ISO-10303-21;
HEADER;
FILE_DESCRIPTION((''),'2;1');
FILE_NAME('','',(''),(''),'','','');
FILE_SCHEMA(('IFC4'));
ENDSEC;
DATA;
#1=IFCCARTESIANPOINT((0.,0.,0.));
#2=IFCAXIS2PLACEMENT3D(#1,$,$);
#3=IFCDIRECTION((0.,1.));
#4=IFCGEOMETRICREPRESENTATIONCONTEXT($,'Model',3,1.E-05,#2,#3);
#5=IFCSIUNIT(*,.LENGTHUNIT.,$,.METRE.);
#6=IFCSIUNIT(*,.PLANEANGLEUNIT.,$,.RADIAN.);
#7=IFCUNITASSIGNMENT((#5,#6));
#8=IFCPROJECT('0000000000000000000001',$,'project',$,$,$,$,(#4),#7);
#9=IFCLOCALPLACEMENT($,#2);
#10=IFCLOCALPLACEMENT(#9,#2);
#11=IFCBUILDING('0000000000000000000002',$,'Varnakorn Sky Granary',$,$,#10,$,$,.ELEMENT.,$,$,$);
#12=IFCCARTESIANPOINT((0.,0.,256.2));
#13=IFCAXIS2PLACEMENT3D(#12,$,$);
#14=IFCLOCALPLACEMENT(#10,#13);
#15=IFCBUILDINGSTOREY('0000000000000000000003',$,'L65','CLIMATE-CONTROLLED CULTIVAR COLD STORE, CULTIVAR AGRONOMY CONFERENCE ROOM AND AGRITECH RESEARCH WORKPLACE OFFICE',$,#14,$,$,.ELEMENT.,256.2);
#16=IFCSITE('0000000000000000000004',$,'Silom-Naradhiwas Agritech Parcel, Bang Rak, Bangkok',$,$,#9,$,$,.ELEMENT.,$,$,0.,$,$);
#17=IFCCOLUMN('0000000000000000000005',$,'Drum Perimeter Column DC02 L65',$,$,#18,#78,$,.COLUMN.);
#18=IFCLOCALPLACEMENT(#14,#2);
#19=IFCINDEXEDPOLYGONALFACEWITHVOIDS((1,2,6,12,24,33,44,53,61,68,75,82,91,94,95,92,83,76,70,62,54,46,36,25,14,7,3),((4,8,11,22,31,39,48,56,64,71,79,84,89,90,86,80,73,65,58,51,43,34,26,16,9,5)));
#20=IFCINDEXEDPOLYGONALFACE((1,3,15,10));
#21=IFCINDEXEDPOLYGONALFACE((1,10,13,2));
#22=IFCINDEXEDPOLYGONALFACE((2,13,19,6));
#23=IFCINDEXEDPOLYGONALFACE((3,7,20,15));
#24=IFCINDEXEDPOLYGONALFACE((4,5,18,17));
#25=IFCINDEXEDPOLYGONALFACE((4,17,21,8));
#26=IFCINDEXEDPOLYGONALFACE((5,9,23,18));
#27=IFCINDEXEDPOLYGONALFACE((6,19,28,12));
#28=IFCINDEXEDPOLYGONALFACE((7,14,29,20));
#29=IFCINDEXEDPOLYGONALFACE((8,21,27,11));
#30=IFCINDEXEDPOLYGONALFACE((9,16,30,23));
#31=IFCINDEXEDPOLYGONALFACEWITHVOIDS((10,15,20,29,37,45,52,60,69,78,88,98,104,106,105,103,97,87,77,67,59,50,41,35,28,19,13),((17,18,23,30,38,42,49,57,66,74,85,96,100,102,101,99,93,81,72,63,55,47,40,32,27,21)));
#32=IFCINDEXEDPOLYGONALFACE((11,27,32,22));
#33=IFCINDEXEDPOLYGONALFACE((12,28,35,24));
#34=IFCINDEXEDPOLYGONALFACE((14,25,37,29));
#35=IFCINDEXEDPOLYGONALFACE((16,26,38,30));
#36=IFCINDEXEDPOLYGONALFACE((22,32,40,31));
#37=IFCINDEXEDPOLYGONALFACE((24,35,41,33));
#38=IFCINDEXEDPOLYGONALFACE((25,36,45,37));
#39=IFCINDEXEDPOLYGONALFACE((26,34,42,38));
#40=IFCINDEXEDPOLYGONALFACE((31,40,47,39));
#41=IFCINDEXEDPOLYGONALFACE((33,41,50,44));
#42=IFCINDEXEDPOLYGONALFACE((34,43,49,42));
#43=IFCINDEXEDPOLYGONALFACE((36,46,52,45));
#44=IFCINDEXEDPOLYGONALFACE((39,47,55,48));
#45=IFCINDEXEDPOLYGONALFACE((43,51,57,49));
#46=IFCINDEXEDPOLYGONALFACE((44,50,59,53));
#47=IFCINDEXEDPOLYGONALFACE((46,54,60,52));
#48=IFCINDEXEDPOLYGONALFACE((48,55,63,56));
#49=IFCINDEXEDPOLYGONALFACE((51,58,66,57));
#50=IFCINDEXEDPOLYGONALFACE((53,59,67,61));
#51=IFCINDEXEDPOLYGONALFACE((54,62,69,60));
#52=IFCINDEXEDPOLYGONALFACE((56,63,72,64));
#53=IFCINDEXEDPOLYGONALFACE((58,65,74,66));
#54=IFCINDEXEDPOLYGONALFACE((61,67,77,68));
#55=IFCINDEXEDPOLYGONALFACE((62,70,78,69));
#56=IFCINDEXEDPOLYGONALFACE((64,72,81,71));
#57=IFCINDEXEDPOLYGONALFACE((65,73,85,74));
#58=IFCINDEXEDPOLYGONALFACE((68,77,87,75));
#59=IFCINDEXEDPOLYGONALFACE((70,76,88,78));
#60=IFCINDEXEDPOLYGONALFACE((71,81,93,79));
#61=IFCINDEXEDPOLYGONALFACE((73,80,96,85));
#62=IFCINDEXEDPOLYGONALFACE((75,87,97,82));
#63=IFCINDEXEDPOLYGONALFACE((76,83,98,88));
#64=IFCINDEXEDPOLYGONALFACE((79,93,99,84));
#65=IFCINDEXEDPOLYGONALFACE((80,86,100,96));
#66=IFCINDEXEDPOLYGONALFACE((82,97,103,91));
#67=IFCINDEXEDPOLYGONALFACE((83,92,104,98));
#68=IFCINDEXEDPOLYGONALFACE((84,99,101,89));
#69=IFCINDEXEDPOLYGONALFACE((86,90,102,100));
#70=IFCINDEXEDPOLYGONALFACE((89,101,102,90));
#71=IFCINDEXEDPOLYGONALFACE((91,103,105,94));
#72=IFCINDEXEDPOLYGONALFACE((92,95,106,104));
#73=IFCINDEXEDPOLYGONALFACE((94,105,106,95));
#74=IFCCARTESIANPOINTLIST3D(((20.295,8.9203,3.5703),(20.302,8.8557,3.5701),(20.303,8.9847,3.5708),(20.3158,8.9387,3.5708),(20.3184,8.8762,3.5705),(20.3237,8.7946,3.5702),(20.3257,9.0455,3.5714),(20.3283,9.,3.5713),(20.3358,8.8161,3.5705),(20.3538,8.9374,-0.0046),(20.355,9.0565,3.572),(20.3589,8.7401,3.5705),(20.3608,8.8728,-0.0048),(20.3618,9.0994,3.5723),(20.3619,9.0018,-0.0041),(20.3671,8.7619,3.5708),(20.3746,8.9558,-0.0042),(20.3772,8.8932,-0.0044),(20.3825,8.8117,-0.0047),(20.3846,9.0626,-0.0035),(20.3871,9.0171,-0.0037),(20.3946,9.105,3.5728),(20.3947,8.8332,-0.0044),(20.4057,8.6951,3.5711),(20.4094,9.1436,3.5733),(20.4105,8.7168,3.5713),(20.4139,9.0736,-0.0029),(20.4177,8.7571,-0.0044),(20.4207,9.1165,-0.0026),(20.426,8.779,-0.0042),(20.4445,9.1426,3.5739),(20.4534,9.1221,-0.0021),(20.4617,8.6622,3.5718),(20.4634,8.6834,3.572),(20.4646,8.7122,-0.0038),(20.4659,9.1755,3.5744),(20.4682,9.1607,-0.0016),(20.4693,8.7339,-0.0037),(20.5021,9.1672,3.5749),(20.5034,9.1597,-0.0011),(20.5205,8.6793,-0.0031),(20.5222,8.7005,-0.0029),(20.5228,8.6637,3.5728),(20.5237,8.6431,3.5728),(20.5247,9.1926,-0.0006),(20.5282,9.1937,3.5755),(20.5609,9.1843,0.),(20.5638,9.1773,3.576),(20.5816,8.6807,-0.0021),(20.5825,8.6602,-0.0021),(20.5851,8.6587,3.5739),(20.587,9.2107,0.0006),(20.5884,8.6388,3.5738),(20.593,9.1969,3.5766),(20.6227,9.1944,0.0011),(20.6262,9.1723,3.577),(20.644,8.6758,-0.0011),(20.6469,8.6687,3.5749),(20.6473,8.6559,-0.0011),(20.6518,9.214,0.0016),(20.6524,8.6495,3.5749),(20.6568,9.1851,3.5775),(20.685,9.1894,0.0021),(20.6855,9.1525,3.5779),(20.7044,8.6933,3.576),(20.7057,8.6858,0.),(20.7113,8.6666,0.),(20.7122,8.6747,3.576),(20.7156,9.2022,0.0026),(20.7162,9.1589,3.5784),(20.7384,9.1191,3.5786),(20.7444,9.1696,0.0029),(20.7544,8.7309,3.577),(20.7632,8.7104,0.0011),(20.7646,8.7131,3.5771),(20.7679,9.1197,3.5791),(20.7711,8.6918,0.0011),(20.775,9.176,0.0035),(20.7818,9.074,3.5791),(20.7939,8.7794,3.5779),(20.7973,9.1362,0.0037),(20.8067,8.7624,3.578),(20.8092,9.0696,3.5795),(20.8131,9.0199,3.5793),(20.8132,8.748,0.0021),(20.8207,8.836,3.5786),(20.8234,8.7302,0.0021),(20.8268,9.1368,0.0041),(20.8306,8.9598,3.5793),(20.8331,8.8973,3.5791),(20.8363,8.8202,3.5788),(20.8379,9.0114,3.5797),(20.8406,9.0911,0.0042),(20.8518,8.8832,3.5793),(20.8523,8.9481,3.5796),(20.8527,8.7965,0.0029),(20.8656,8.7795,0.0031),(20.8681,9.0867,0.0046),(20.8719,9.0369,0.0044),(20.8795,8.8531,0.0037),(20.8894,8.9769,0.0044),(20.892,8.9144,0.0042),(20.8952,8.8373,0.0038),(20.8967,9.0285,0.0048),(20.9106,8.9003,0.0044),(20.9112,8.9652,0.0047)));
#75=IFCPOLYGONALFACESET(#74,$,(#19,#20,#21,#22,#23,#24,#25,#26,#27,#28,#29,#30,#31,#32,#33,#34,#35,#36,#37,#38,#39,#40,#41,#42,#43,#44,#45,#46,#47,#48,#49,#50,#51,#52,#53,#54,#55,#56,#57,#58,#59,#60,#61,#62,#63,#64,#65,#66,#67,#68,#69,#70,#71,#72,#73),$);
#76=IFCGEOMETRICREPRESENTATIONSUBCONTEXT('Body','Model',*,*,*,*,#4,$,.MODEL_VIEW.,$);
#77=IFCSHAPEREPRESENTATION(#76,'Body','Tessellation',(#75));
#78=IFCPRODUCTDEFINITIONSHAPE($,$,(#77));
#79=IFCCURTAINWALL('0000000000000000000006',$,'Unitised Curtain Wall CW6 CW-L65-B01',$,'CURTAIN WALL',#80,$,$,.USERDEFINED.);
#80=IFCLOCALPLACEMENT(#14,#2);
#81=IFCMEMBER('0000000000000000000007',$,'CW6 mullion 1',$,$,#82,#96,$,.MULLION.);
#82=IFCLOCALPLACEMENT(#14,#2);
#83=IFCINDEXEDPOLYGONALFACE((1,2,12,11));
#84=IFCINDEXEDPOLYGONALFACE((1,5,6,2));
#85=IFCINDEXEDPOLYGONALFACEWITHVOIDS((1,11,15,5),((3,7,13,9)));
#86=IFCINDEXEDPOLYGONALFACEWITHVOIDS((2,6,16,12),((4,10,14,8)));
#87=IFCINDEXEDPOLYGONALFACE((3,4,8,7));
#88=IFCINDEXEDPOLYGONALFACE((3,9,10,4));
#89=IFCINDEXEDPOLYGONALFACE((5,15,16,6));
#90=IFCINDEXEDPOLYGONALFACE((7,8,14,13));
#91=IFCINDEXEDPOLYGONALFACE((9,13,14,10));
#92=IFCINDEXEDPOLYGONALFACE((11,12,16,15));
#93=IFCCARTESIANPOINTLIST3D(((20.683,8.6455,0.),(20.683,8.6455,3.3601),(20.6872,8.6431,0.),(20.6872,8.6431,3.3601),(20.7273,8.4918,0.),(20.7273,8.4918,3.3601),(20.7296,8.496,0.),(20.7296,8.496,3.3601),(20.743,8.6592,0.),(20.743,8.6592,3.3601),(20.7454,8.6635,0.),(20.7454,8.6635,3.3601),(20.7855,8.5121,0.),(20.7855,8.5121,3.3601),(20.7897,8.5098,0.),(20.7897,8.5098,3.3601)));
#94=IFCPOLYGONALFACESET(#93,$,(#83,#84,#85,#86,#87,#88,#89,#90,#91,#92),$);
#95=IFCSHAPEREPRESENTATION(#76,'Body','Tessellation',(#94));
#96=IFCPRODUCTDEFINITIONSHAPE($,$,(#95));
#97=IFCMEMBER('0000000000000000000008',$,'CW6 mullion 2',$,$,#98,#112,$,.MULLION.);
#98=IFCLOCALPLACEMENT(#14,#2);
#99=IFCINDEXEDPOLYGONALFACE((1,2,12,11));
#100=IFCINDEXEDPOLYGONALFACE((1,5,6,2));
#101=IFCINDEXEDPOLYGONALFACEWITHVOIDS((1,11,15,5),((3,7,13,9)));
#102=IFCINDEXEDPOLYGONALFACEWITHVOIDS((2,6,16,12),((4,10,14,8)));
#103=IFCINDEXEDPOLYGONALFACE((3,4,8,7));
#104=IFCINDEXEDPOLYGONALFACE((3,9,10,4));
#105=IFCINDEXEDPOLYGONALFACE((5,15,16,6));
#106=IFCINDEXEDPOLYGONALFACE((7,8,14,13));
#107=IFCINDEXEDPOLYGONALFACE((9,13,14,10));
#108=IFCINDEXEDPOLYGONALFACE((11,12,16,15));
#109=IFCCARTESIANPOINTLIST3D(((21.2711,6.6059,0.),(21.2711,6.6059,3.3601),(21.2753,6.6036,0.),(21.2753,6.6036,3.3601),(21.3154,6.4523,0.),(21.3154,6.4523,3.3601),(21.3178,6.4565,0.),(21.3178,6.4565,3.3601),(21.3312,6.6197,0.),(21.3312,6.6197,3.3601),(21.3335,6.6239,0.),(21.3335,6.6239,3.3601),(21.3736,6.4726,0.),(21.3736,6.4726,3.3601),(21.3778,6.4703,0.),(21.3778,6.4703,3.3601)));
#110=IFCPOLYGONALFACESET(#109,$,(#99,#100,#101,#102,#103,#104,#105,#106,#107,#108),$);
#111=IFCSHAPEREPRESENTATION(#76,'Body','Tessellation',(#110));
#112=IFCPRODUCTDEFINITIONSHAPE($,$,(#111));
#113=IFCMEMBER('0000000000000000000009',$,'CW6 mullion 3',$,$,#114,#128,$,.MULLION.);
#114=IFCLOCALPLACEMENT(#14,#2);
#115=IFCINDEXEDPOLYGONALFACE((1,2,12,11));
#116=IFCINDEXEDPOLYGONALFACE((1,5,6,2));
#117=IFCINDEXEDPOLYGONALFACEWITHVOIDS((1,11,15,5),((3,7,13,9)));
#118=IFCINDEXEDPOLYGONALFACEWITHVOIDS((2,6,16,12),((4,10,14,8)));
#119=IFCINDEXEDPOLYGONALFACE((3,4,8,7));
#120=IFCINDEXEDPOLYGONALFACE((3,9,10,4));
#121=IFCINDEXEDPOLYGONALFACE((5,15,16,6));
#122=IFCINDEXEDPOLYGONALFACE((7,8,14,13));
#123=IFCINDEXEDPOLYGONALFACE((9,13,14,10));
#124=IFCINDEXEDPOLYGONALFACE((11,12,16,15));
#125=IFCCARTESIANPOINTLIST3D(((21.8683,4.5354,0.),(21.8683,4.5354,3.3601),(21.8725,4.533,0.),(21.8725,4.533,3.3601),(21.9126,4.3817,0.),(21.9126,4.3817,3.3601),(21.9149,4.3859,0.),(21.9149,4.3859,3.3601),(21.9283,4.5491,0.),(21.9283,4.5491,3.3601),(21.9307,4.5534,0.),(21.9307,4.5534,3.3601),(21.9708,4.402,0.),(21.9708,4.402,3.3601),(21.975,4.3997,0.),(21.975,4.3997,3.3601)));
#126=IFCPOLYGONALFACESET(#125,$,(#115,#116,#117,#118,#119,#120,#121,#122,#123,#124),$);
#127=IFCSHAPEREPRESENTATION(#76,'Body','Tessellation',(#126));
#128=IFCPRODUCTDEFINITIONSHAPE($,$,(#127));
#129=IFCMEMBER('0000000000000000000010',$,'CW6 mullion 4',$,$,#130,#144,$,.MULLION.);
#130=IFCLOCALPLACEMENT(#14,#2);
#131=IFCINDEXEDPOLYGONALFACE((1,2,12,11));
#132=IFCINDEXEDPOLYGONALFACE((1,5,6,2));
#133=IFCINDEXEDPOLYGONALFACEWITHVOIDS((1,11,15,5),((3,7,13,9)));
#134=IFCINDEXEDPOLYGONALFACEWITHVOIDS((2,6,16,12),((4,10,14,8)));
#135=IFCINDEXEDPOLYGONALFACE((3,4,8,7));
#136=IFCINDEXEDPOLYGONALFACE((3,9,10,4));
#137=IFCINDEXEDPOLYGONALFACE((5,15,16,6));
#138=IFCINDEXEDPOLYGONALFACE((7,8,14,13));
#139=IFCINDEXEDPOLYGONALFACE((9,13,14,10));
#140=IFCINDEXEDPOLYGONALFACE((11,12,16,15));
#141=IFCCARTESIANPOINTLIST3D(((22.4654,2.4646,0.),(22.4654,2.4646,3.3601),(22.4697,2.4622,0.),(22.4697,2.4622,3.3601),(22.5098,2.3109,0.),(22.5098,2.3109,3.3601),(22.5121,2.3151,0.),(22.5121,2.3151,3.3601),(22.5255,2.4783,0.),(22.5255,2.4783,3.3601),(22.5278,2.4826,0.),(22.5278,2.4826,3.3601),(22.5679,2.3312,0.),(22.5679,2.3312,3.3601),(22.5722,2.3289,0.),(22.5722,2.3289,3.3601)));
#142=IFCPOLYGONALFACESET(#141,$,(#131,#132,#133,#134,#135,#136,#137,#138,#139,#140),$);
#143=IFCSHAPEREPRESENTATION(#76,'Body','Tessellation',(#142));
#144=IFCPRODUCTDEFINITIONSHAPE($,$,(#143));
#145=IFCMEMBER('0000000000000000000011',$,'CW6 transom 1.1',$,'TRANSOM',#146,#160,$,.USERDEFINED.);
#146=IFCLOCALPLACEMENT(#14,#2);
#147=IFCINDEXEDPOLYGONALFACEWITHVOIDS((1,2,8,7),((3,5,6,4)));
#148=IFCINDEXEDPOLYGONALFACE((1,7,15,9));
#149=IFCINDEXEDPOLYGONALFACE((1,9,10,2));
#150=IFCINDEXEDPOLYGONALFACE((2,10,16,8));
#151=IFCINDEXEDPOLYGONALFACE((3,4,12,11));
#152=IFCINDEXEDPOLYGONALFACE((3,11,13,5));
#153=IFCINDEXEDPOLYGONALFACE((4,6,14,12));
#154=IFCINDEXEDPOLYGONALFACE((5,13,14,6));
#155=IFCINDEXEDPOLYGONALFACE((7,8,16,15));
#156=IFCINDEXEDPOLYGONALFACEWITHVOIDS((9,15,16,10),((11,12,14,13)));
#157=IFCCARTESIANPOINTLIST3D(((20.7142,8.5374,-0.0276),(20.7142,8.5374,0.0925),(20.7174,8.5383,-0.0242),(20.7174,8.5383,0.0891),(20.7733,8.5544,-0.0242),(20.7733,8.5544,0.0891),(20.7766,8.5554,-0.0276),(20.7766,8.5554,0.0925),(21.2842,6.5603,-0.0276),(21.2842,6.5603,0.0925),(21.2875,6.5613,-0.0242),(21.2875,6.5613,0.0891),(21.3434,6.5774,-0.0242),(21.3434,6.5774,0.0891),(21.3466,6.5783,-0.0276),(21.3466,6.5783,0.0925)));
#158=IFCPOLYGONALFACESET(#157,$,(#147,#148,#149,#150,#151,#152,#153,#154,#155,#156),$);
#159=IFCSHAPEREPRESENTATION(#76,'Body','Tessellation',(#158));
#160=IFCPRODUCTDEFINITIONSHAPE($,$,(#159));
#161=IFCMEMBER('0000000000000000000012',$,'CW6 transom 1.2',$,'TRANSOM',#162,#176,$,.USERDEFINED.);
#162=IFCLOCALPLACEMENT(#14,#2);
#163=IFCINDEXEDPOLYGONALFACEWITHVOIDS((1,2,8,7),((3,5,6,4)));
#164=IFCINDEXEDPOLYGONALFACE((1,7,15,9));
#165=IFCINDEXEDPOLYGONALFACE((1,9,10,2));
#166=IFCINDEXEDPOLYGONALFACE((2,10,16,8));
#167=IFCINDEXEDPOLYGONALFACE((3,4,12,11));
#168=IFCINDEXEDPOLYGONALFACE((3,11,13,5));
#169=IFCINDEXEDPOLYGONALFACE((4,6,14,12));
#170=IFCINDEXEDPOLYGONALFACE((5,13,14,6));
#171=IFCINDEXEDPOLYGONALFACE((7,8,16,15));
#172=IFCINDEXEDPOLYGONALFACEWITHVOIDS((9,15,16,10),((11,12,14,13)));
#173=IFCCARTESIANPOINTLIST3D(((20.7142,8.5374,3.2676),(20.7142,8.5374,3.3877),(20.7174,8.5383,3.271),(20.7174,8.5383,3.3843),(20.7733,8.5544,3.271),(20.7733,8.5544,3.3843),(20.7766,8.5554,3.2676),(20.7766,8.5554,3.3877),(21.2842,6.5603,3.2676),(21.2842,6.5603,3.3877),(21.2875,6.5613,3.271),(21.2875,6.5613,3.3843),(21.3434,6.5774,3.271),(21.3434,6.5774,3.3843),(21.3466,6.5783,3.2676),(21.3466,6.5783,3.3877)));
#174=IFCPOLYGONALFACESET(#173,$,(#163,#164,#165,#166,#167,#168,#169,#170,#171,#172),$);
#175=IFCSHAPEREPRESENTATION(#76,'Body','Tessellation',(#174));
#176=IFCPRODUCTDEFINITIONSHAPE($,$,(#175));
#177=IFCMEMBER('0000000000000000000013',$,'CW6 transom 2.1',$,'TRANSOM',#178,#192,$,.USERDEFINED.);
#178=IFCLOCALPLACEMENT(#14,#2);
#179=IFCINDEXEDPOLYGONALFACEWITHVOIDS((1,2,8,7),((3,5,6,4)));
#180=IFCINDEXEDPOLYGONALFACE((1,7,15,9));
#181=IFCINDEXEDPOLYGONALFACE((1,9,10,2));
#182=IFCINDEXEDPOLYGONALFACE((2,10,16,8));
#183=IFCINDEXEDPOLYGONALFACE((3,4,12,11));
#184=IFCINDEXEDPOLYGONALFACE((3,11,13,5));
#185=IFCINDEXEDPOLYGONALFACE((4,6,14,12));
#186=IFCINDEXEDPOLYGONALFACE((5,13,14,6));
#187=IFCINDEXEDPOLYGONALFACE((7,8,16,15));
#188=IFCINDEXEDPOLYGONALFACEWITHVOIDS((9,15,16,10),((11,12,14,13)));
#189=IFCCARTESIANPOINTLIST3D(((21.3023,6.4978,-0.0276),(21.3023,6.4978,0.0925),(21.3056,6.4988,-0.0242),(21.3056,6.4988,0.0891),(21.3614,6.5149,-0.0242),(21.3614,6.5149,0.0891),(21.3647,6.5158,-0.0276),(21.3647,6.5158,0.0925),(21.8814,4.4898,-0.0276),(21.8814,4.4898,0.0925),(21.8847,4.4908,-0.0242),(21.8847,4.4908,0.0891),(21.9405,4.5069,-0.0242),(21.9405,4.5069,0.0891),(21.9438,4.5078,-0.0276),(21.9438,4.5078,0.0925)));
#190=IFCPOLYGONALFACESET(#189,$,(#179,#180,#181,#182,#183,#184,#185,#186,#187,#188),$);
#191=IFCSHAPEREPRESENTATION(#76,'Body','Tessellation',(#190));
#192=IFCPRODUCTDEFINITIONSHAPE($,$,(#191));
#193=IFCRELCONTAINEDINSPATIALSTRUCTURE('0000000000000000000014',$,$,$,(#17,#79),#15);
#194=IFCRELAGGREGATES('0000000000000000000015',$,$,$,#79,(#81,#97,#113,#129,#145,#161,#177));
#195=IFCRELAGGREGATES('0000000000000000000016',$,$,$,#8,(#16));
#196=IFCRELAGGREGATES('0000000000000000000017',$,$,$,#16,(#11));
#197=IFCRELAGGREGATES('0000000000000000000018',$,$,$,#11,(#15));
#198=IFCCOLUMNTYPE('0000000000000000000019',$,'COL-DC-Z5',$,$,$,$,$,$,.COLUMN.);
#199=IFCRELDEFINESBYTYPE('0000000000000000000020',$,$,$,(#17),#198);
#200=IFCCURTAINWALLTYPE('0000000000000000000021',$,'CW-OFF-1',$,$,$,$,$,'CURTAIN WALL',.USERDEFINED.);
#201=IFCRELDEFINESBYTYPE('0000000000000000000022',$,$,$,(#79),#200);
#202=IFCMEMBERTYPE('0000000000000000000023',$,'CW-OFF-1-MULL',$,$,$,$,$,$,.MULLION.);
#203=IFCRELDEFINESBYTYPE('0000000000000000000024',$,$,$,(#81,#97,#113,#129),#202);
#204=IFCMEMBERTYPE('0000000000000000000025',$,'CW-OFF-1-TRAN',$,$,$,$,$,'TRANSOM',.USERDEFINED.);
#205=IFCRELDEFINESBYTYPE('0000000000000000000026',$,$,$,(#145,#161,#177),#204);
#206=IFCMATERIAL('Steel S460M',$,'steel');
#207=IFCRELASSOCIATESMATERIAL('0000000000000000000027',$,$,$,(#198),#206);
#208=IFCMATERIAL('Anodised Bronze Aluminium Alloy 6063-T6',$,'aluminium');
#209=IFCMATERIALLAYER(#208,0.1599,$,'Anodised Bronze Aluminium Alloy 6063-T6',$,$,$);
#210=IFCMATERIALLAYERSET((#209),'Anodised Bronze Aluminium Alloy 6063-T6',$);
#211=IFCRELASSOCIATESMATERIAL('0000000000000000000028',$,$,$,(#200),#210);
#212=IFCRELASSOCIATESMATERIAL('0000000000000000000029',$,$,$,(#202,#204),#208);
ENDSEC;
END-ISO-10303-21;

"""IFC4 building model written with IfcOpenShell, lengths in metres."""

from ifc_helpers import new_model, si_unit, direction, frame, origin, origin_2d, place, context, subcontext, project, spatial, hollow_rectangle, hollow_circle, extrude, material, layer, layer_set, material_profile, profile_set, type_object, element, aggregate, save


model = new_model("IFC4")

# Units and contexts
model_context = context("Model", 3, precision=1e-05, world=origin(), true_north=direction((0.0, 1.0)))
body_context = subcontext(model_context, "Body", "Model", "MODEL_VIEW")
ifc_project = project(units=[si_unit("LENGTHUNIT", "METRE"), si_unit("PLANEANGLEUNIT", "RADIAN")], contexts=[model_context])

# Site, building, storey
site_placement = place(None, origin())
site = spatial("IfcSite", under=ifc_project, at=site_placement, Name="Silom-Naradhiwas Agritech Parcel, Bang Rak, Bangkok", CompositionType="ELEMENT", RefElevation=0.0)
building_placement = place(site_placement, origin())
building = spatial("IfcBuilding", under=site, at=building_placement, Name="Varnakorn Sky Granary", CompositionType="ELEMENT")
storey_placement = place(building_placement, frame((0.0, 0.0, 256.2)))
storey = spatial("IfcBuildingStorey", under=building, at=storey_placement, Name="L65", Description="CLIMATE-CONTROLLED CULTIVAR COLD STORE, CULTIVAR AGRONOMY CONFERENCE ROOM AND AGRITECH RESEARCH WORKPLACE OFFICE", CompositionType="ELEMENT", Elevation=256.2)

# Column
ifc_material_1 = material(Name="Steel S460M", Category="steel")
ifc_material_profile_1 = material_profile(ifc_material_1, hollow_circle(Radius=0.2795, WallThickness=0.02, at=origin_2d()), Name="CHS 559x20")
ifc_profile_set_1 = profile_set([ifc_material_profile_1], Name="Steel S460M")
column_type = type_object("IfcColumnType", Name="COL-DC-Z5", PredefinedType="COLUMN", material=ifc_profile_set_1)
column_placement = place(storey_placement, frame((20.6333, 8.9351, 0.0), z_axis=(-0.016456, -0.00478, 0.999853), x_axis=(0.278929, -0.960312, 0.0)))
element("IfcColumn", 1, at=column_placement, inside=storey, type_object=column_type, Name="Drum Perimeter Column DC02 L65", PredefinedType="COLUMN", context=body_context, shape_type="SweptSolid", body=[
    extrude(hollow_circle(Radius=0.2795, WallThickness=0.02, at=origin_2d()), origin(), (0.0, 0.0, 1.0), 3.5754),
])

# Curtain wall, members
ifc_material_2 = material(Name="Anodised Bronze Aluminium Alloy 6063-T6", Category="aluminium")
ifc_layer_1 = layer(ifc_material_2, 0.1599, Name="Anodised Bronze Aluminium Alloy 6063-T6")
ifc_layer_set_1 = layer_set([ifc_layer_1], Name="Anodised Bronze Aluminium Alloy 6063-T6")
curtain_wall_type = type_object("IfcCurtainWallType", Name="CW-OFF-1", ElementType="CURTAIN WALL", PredefinedType="USERDEFINED", material=ifc_layer_set_1)
curtain_wall_placement = place(storey_placement, origin())
curtain_wall = element("IfcCurtainWall", 2, at=curtain_wall_placement, inside=storey, type_object=curtain_wall_type, Name="Unitised Curtain Wall CW6 CW-L65-B01", ObjectType="CURTAIN WALL", PredefinedType="USERDEFINED")
ifc_material_profile_2 = material_profile(ifc_material_2, hollow_rectangle(XDim=0.0649, YDim=0.1599, WallThickness=0.0034, at=origin_2d()), Name="ALU MULL 65x160")
ifc_profile_set_2 = profile_set([ifc_material_profile_2], Name="Anodised Bronze Aluminium Alloy 6063-T6")
member_type_1 = type_object("IfcMemberType", Name="CW-OFF-1-MULL", PredefinedType="MULLION", material=ifc_profile_set_2)
member_1_placement = place(storey_placement, frame((20.7363, 8.5776, 0.0), z_axis=(0.0, 0.0, 1.0), x_axis=(0.960846, 0.277084, 0.0)))
member_1 = element("IfcMember", 3, at=member_1_placement, type_object=member_type_1, Name="CW6 mullion 1", PredefinedType="MULLION", context=body_context, shape_type="SweptSolid", body=[
    extrude(hollow_rectangle(XDim=0.0649, YDim=0.1599, WallThickness=0.0034, at=origin_2d()), origin(), (0.0, 0.0, 1.0), 3.3601),
])
member_2_placement = place(storey_placement, frame((21.3245, 6.5381, 0.0), z_axis=(0.0, 0.0, 1.0), x_axis=(0.960846, 0.277084, 0.0)))
member_2 = element("IfcMember", 4, at=member_2_placement, type_object=member_type_1, Name="CW6 mullion 2", PredefinedType="MULLION", context=body_context, shape_type="SweptSolid", body=[
    extrude(hollow_rectangle(XDim=0.0649, YDim=0.1599, WallThickness=0.0034, at=origin_2d()), origin(), (0.0, 0.0, 1.0), 3.3601),
])
member_3_placement = place(storey_placement, frame((21.9216, 4.4675, 0.0), z_axis=(0.0, 0.0, 1.0), x_axis=(0.960846, 0.277084, 0.0)))
member_3 = element("IfcMember", 5, at=member_3_placement, type_object=member_type_1, Name="CW6 mullion 3", PredefinedType="MULLION", context=body_context, shape_type="SweptSolid", body=[
    extrude(hollow_rectangle(XDim=0.0649, YDim=0.1599, WallThickness=0.0034, at=origin_2d()), origin(), (0.0, 0.0, 1.0), 3.3601),
])
member_4_placement = place(storey_placement, frame((22.5188, 2.3967, 0.0), z_axis=(0.0, 0.0, 1.0), x_axis=(0.960846, 0.277084, 0.0)))
member_4 = element("IfcMember", 6, at=member_4_placement, type_object=member_type_1, Name="CW6 mullion 4", PredefinedType="MULLION", context=body_context, shape_type="SweptSolid", body=[
    extrude(hollow_rectangle(XDim=0.0649, YDim=0.1599, WallThickness=0.0034, at=origin_2d()), origin(), (0.0, 0.0, 1.0), 3.3601),
])
ifc_material_profile_3 = material_profile(ifc_material_2, hollow_rectangle(XDim=0.0649, YDim=0.1201, WallThickness=0.0034, at=origin_2d()), Name="ALU TRAN 65x120")
ifc_profile_set_3 = profile_set([ifc_material_profile_3], Name="Anodised Bronze Aluminium Alloy 6063-T6")
member_type_2 = type_object("IfcMemberType", Name="CW-OFF-1-TRAN", ElementType="TRANSOM", PredefinedType="USERDEFINED", material=ifc_profile_set_3)
member_5_placement = place(storey_placement, frame((20.7454, 8.5464, 0.0325), z_axis=(0.277055, -0.960854, 0.0), x_axis=(0.960854, 0.277055, 0.0)))
member_5 = element("IfcMember", 7, at=member_5_placement, type_object=member_type_2, Name="CW6 transom 1.1", ObjectType="TRANSOM", PredefinedType="USERDEFINED", context=body_context, shape_type="SweptSolid", body=[
    extrude(hollow_rectangle(XDim=0.0649, YDim=0.1201, WallThickness=0.0034, at=origin_2d()), origin(), (0.0, 0.0, 1.0), 2.0576),
])
member_6_placement = place(storey_placement, frame((20.7454, 8.5464, 3.3276), z_axis=(0.277055, -0.960854, 0.0), x_axis=(0.960854, 0.277055, 0.0)))
member_6 = element("IfcMember", 8, at=member_6_placement, type_object=member_type_2, Name="CW6 transom 1.2", ObjectType="TRANSOM", PredefinedType="USERDEFINED", context=body_context, shape_type="SweptSolid", body=[
    extrude(hollow_rectangle(XDim=0.0649, YDim=0.1201, WallThickness=0.0034, at=origin_2d()), origin(), (0.0, 0.0, 1.0), 2.0576),
])
member_7_placement = place(storey_placement, frame((21.3335, 6.5068, 0.0325), z_axis=(0.277096, -0.960842, 0.0), x_axis=(0.960842, 0.277096, 0.0)))
member_7 = element("IfcMember", 9, at=member_7_placement, type_object=member_type_2, Name="CW6 transom 2.1", ObjectType="TRANSOM", PredefinedType="USERDEFINED", context=body_context, shape_type="SweptSolid", body=[
    extrude(hollow_rectangle(XDim=0.0649, YDim=0.1201, WallThickness=0.0034, at=origin_2d()), origin(), (0.0, 0.0, 1.0), 2.0898),
])

aggregate(curtain_wall, [member_1, member_2, member_3, member_4, member_5, member_6, member_7])

save(model, "model.ifc")
